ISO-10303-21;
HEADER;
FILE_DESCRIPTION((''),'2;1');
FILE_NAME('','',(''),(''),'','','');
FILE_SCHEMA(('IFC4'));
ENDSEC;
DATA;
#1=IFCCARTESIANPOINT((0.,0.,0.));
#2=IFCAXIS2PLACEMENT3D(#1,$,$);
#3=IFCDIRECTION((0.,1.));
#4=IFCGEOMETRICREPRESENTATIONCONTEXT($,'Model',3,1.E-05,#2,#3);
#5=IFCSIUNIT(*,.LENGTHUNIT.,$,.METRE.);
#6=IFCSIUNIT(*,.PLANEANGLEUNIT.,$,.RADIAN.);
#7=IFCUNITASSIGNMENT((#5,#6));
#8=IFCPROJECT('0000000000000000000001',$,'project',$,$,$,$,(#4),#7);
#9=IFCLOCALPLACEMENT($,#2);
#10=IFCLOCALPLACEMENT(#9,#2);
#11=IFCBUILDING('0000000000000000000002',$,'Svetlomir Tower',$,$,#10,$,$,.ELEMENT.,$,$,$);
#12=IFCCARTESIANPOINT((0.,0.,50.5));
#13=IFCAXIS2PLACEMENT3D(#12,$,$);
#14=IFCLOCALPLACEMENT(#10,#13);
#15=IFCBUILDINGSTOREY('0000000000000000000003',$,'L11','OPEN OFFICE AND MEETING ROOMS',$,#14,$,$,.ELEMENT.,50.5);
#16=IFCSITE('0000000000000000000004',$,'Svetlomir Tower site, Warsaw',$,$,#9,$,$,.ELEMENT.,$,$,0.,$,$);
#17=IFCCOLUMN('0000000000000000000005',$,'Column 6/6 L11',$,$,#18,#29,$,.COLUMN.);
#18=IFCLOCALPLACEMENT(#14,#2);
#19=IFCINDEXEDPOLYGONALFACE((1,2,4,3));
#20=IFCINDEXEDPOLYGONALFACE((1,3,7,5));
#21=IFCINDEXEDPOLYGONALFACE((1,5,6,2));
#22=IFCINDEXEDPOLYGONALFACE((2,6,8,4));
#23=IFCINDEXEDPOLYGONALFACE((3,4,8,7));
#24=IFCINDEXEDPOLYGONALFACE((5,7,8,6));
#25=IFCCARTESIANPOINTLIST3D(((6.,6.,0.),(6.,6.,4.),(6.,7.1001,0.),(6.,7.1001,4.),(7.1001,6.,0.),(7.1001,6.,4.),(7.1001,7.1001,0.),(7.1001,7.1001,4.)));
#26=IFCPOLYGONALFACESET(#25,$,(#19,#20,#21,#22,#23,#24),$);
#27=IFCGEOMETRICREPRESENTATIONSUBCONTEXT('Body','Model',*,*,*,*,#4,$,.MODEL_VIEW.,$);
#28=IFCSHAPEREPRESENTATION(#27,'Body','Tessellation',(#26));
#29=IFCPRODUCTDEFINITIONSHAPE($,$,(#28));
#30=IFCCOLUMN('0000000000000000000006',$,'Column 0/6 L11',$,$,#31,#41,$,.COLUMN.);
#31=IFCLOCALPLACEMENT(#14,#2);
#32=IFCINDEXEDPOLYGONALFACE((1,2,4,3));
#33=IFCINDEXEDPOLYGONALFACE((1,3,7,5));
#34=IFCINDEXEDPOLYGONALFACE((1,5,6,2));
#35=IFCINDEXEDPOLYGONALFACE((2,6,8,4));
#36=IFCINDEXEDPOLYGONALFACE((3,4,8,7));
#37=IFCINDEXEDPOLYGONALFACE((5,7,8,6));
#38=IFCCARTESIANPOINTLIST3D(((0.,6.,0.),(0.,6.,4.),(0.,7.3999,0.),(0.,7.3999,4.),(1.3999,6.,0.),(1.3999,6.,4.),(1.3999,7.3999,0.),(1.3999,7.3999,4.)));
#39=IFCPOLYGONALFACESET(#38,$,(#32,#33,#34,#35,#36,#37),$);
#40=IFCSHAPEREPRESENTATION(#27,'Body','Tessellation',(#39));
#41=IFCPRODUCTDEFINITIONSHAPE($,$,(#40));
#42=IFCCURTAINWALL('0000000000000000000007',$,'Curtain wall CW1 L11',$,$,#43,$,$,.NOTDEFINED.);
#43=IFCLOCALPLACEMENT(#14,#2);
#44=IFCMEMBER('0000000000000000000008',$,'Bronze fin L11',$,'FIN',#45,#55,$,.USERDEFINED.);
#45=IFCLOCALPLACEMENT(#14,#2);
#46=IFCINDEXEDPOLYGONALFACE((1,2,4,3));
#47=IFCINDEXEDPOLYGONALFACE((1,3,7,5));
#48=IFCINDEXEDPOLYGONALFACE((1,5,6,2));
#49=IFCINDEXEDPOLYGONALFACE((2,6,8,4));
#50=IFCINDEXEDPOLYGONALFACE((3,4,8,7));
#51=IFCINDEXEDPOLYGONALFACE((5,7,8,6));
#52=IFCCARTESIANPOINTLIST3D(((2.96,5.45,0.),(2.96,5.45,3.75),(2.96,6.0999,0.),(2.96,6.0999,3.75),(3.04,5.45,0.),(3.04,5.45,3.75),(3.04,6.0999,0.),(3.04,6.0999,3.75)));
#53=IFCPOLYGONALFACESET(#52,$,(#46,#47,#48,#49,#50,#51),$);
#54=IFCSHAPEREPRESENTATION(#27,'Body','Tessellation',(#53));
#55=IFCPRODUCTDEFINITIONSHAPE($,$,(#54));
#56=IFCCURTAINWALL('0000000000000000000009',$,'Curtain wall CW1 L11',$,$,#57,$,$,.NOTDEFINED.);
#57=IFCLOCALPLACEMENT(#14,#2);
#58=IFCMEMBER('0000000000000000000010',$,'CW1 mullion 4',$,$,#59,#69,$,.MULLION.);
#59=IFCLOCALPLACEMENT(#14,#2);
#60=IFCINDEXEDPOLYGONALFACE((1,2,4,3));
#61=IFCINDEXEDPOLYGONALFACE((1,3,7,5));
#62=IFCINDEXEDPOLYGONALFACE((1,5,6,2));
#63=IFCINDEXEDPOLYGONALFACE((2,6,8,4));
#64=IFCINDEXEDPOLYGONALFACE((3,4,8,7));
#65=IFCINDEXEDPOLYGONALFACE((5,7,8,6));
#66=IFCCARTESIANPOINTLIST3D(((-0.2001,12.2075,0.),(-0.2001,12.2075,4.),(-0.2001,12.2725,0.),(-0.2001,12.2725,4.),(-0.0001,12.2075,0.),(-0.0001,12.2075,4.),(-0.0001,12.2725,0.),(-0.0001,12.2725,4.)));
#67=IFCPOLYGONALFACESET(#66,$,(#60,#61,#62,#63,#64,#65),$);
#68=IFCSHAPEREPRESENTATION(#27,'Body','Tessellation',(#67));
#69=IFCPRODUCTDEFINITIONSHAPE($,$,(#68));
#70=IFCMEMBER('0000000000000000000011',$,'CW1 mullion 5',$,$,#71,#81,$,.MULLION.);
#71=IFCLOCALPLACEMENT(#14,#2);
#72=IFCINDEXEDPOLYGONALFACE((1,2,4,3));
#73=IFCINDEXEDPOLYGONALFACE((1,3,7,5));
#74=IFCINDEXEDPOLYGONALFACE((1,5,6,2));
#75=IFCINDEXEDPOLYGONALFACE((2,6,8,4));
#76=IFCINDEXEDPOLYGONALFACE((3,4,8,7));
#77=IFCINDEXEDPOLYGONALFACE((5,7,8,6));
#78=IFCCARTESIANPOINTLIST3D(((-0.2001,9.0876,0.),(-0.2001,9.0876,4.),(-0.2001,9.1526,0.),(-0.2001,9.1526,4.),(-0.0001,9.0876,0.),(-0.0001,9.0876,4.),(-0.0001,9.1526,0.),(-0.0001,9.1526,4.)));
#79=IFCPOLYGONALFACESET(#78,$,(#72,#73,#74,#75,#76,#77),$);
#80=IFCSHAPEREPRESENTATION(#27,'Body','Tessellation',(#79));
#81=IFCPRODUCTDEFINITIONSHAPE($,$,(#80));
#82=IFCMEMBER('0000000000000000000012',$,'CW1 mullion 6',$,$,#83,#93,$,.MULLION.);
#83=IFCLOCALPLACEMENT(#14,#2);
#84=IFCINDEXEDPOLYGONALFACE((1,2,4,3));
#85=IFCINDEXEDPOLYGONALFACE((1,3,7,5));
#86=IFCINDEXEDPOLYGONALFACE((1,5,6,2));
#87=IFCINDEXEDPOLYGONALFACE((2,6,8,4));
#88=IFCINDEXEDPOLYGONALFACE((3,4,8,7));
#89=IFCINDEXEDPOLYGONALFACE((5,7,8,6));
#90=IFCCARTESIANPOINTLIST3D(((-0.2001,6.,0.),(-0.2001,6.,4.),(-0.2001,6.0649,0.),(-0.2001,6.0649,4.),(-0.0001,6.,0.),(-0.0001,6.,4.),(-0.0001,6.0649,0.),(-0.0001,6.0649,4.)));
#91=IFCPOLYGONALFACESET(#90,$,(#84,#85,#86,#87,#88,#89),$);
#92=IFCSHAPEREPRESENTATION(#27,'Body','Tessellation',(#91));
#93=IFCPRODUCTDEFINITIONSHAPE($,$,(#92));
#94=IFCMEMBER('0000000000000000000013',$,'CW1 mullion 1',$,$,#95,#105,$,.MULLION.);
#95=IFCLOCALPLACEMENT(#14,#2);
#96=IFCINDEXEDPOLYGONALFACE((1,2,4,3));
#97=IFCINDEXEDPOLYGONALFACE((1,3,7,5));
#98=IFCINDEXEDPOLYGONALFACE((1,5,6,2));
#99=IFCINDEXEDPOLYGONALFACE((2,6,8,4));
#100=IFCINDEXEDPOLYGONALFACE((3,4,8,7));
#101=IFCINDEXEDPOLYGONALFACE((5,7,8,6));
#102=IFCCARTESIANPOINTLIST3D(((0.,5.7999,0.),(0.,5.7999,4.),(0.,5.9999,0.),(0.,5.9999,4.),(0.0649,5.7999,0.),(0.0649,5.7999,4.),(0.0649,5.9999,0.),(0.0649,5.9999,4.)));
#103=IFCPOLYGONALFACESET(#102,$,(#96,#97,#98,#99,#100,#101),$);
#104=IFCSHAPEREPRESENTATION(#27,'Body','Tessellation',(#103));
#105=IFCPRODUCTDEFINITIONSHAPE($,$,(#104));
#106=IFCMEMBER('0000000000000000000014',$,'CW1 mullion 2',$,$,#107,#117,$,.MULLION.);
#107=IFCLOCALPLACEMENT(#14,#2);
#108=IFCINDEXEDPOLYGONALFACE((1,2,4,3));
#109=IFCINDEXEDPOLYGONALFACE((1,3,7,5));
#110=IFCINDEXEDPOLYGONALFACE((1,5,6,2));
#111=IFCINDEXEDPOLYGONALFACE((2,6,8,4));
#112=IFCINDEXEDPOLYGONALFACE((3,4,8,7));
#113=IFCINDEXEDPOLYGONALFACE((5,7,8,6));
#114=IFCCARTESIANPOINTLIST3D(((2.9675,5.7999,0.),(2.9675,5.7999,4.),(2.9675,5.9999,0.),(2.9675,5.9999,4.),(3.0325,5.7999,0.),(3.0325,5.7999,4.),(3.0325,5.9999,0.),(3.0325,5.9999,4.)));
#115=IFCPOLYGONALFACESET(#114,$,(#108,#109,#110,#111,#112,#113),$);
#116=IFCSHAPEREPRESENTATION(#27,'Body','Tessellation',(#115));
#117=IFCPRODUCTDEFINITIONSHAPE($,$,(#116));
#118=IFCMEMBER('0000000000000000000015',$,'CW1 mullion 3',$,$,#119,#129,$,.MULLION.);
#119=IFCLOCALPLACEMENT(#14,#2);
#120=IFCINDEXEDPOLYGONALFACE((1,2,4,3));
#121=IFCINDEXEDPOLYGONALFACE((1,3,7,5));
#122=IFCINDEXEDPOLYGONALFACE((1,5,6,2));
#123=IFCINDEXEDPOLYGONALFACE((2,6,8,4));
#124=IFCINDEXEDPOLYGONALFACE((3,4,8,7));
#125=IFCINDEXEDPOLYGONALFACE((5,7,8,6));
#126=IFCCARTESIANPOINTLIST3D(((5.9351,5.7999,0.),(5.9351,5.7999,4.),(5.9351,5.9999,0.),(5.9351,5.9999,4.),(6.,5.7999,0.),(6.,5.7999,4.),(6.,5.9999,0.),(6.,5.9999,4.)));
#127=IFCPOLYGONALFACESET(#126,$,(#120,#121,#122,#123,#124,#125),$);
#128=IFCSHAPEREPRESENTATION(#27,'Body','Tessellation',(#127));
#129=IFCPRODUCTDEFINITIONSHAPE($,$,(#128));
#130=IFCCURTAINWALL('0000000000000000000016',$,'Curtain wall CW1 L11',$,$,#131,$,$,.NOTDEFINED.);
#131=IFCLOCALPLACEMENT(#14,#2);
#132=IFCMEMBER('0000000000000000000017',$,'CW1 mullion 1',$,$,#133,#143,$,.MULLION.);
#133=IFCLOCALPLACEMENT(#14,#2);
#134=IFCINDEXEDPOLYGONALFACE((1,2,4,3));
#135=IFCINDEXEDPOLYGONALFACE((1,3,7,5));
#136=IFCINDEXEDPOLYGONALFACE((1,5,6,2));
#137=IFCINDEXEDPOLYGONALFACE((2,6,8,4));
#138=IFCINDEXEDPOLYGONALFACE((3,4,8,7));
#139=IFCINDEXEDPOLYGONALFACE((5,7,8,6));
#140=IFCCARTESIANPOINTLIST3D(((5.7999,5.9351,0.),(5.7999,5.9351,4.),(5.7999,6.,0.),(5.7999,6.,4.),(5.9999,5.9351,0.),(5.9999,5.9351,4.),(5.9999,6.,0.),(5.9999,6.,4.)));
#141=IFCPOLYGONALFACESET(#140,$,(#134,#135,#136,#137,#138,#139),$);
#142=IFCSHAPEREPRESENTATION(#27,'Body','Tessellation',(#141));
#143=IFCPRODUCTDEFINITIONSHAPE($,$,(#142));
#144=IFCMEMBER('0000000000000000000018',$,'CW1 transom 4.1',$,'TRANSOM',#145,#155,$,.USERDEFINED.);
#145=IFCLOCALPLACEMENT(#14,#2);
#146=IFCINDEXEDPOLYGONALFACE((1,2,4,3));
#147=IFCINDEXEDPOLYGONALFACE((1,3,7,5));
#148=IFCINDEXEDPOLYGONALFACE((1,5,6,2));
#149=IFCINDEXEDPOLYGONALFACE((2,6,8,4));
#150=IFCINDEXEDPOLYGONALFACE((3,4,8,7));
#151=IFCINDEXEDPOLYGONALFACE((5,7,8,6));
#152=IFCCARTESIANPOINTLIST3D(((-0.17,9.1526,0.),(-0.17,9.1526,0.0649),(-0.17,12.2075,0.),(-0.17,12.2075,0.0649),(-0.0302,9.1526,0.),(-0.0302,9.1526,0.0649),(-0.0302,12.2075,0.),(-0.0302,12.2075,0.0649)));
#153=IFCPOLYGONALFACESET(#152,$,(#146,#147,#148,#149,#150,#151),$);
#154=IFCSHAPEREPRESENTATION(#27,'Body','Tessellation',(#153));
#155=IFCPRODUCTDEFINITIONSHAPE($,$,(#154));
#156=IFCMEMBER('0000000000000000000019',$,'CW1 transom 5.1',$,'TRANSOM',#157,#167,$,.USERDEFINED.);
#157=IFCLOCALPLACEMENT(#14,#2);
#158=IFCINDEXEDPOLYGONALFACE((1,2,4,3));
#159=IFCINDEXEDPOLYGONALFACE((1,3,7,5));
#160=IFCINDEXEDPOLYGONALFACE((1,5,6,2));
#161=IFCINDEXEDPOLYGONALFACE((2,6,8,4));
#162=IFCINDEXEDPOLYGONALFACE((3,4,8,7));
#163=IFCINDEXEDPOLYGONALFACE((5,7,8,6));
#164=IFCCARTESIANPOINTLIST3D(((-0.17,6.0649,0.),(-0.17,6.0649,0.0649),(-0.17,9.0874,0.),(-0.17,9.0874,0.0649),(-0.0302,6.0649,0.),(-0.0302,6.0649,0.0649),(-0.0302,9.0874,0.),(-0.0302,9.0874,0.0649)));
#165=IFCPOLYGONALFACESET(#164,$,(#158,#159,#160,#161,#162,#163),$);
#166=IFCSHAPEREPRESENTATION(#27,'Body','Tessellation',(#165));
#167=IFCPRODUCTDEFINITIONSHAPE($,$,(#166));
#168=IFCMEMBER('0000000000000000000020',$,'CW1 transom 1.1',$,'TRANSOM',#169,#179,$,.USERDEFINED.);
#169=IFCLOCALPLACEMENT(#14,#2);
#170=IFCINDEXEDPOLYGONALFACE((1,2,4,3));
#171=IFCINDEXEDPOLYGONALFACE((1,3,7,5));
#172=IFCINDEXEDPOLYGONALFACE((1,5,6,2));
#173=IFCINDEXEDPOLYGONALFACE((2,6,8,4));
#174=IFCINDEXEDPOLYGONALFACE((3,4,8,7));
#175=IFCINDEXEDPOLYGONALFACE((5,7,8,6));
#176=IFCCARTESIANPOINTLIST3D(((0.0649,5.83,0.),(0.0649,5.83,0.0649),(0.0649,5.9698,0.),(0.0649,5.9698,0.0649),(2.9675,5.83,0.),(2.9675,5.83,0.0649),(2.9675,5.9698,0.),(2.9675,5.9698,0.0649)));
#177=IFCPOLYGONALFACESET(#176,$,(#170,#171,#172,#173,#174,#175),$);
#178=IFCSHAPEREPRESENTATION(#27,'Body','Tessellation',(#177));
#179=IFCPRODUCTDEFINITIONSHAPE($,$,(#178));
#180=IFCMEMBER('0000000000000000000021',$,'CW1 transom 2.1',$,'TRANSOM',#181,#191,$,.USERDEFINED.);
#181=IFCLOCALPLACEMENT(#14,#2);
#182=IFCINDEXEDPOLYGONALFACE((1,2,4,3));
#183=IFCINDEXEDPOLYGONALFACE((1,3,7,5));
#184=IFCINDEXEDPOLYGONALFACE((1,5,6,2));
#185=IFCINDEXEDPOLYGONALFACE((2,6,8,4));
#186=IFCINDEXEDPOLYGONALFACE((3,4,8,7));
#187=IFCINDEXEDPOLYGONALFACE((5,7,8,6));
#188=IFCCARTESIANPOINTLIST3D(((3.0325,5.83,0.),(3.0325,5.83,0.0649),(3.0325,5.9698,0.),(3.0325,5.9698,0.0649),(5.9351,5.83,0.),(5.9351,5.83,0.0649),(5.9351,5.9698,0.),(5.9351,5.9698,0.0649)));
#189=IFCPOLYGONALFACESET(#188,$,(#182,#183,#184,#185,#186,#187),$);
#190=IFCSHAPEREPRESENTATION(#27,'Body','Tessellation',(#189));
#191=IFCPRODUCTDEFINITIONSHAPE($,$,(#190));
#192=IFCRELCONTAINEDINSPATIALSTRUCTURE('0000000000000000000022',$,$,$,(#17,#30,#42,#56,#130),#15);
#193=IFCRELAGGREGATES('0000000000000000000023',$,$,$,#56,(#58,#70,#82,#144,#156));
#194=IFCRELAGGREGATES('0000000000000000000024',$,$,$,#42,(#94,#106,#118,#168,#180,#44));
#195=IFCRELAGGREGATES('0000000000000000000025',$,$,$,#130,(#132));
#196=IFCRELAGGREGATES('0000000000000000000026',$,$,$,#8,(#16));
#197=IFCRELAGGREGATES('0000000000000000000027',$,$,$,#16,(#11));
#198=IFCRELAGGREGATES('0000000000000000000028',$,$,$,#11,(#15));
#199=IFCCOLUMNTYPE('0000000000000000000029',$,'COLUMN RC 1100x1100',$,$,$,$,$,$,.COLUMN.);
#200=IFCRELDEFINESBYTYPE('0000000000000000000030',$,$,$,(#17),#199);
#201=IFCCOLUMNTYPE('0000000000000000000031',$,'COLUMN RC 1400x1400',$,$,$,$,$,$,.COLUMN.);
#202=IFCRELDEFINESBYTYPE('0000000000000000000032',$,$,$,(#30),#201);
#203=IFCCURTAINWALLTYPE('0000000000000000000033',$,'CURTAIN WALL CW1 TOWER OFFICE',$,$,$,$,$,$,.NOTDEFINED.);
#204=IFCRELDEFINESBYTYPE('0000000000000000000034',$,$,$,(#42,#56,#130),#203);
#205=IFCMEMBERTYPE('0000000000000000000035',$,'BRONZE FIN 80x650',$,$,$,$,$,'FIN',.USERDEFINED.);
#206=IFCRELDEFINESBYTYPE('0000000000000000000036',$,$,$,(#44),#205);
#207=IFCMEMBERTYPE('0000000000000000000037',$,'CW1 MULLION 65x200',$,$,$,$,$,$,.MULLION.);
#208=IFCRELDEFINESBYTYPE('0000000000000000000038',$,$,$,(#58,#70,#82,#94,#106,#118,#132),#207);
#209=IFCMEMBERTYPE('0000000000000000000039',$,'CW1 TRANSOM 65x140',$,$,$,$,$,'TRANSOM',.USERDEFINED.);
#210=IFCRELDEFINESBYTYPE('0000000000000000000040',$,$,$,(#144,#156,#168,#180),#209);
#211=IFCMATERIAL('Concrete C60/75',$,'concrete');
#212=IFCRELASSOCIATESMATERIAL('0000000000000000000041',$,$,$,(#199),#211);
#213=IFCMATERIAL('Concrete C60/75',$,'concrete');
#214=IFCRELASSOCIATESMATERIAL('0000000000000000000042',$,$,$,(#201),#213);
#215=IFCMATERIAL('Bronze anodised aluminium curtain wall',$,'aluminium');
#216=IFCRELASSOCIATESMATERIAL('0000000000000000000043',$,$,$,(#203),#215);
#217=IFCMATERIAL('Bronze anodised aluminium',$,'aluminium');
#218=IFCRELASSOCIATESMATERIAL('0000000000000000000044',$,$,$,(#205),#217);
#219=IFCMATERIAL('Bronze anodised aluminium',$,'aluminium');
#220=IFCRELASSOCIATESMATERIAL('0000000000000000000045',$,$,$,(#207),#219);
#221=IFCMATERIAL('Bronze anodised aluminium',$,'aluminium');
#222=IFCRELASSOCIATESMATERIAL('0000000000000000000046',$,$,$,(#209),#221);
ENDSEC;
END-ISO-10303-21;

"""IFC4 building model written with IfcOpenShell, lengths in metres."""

from ifc_helpers import new_model, si_unit, direction, frame, origin, origin_2d, place, context, subcontext, project, spatial, rectangle, extrude, material, material_profile, profile_set, type_object, element, aggregate, save


model = new_model("IFC4")

# Units and contexts
model_context = context("Model", 3, precision=1e-05, world=origin(), true_north=direction((0.0, 1.0)))
body_context = subcontext(model_context, "Body", "Model", "MODEL_VIEW")
ifc_project = project(units=[si_unit("LENGTHUNIT", "METRE"), si_unit("PLANEANGLEUNIT", "RADIAN")], contexts=[model_context])

# Site, building, storey
site_placement = place(None, origin())
site = spatial("IfcSite", under=ifc_project, at=site_placement, Name="Svetlomir Tower site, Warsaw", CompositionType="ELEMENT", RefElevation=0.0)
building_placement = place(site_placement, origin())
building = spatial("IfcBuilding", under=site, at=building_placement, Name="Svetlomir Tower", CompositionType="ELEMENT")
storey_placement = place(building_placement, frame((0.0, 0.0, 50.5)))
storey = spatial("IfcBuildingStorey", under=building, at=storey_placement, Name="L11", Description="OPEN OFFICE AND MEETING ROOMS", CompositionType="ELEMENT", Elevation=50.5)

# Columns
ifc_material_1 = material(Name="Concrete C60/75", Category="concrete")
ifc_material_profile_1 = material_profile(ifc_material_1, rectangle(XDim=1.1001, YDim=1.1001, at=origin_2d()), Name="RC 1100x1100")
ifc_profile_set_1 = profile_set([ifc_material_profile_1], Name="Concrete C60/75")
column_type_1 = type_object("IfcColumnType", Name="COLUMN RC 1100x1100", PredefinedType="COLUMN", material=ifc_profile_set_1)
column_1_placement = place(storey_placement, frame((6.55, 6.55, 0.0), z_axis=(0.0, 0.0, 1.0), x_axis=(1.0, 0.0, 0.0)))
element("IfcColumn", 1, at=column_1_placement, inside=storey, type_object=column_type_1, Name="Column 6/6 L11", PredefinedType="COLUMN", context=body_context, shape_type="SweptSolid", body=[
    extrude(rectangle(XDim=1.1001, YDim=1.1001, at=origin_2d()), origin(), (0.0, 0.0, 1.0), 4.0),
])
ifc_material_2 = material(Name="Concrete C60/75", Category="concrete")
ifc_material_profile_2 = material_profile(ifc_material_2, rectangle(XDim=1.3999, YDim=1.3999, at=origin_2d()), Name="RC 1400x1400")
ifc_profile_set_2 = profile_set([ifc_material_profile_2], Name="Concrete C60/75")
column_type_2 = type_object("IfcColumnType", Name="COLUMN RC 1400x1400", PredefinedType="COLUMN", material=ifc_profile_set_2)
column_2_placement = place(storey_placement, frame((0.7, 6.7, 0.0), z_axis=(0.0, 0.0, 1.0), x_axis=(1.0, 0.0, 0.0)))
element("IfcColumn", 2, at=column_2_placement, inside=storey, type_object=column_type_2, Name="Column 0/6 L11", PredefinedType="COLUMN", context=body_context, shape_type="SweptSolid", body=[
    extrude(rectangle(XDim=1.3999, YDim=1.3999, at=origin_2d()), origin(), (0.0, 0.0, 1.0), 4.0),
])

# Curtain wall, member
ifc_material_3 = material(Name="Bronze anodised aluminium curtain wall", Category="aluminium")
curtain_wall_type = type_object("IfcCurtainWallType", Name="CURTAIN WALL CW1 TOWER OFFICE", PredefinedType="NOTDEFINED", material=ifc_material_3)
curtain_wall_1_placement = place(storey_placement, origin())
curtain_wall_1 = element("IfcCurtainWall", 3, at=curtain_wall_1_placement, inside=storey, type_object=curtain_wall_type, Name="Curtain wall CW1 L11", PredefinedType="NOTDEFINED")
ifc_material_4 = material(Name="Bronze anodised aluminium", Category="aluminium")
ifc_material_profile_3 = material_profile(ifc_material_4, rectangle(XDim=0.0801, YDim=0.6499, at=origin_2d()), Name="FIN 80x650")
ifc_profile_set_3 = profile_set([ifc_material_profile_3], Name="Bronze anodised aluminium 6063-T6")
member_type_1 = type_object("IfcMemberType", Name="BRONZE FIN 80x650", ElementType="FIN", PredefinedType="USERDEFINED", material=ifc_profile_set_3)
member_1_placement = place(storey_placement, frame((3.0, 5.7749, 0.0), z_axis=(0.0, 0.0, 1.0), x_axis=(1.0, 0.0, 0.0)))
member_1 = element("IfcMember", 4, at=member_1_placement, type_object=member_type_1, Name="Bronze fin L11", ObjectType="FIN", PredefinedType="USERDEFINED", context=body_context, shape_type="SweptSolid", body=[
    extrude(rectangle(XDim=0.0801, YDim=0.6499, at=origin_2d()), origin(), (0.0, 0.0, 1.0), 3.75),
])

# Curtain wall, members
curtain_wall_2_placement = place(storey_placement, origin())
curtain_wall_2 = element("IfcCurtainWall", 5, at=curtain_wall_2_placement, inside=storey, type_object=curtain_wall_type, Name="Curtain wall CW1 L11", PredefinedType="NOTDEFINED")
ifc_material_5 = material(Name="Bronze anodised aluminium", Category="aluminium")
ifc_material_profile_4 = material_profile(ifc_material_5, rectangle(XDim=0.0649, YDim=0.2, at=origin_2d()), Name="AL 65x200")
ifc_profile_set_4 = profile_set([ifc_material_profile_4], Name="Bronze anodised aluminium 6063-T6")
member_type_2 = type_object("IfcMemberType", Name="CW1 MULLION 65x200", PredefinedType="MULLION", material=ifc_profile_set_4)
member_2_placement = place(storey_placement, frame((-0.1001, 12.24, 0.0), z_axis=(0.0, 0.0, 1.0), x_axis=(0.0, -1.0, 0.0)))
member_2 = element("IfcMember", 6, at=member_2_placement, type_object=member_type_2, Name="CW1 mullion 4", PredefinedType="MULLION", context=body_context, shape_type="SweptSolid", body=[
    extrude(rectangle(XDim=0.0649, YDim=0.2, at=origin_2d()), origin(), (0.0, 0.0, 1.0), 4.0),
])
member_3_placement = place(storey_placement, frame((-0.1001, 9.1201, 0.0), z_axis=(0.0, 0.0, 1.0), x_axis=(0.0, -1.0, 0.0)))
member_3 = element("IfcMember", 7, at=member_3_placement, type_object=member_type_2, Name="CW1 mullion 5", PredefinedType="MULLION", context=body_context, shape_type="SweptSolid", body=[
    extrude(rectangle(XDim=0.0649, YDim=0.2, at=origin_2d()), origin(), (0.0, 0.0, 1.0), 4.0),
])
member_4_placement = place(storey_placement, frame((-0.1001, 6.0325, 0.0), z_axis=(0.0, 0.0, 1.0), x_axis=(0.0, -1.0, 0.0)))
member_4 = element("IfcMember", 8, at=member_4_placement, type_object=member_type_2, Name="CW1 mullion 6", PredefinedType="MULLION", context=body_context, shape_type="SweptSolid", body=[
    extrude(rectangle(XDim=0.0649, YDim=0.2, at=origin_2d()), origin(), (0.0, 0.0, 1.0), 4.0),
])

# Members
member_5_placement = place(storey_placement, frame((0.0325, 5.8999, 0.0), z_axis=(0.0, 0.0, 1.0), x_axis=(1.0, 0.0, 0.0)))
member_5 = element("IfcMember", 9, at=member_5_placement, type_object=member_type_2, Name="CW1 mullion 1", PredefinedType="MULLION", context=body_context, shape_type="SweptSolid", body=[
    extrude(rectangle(XDim=0.0649, YDim=0.2, at=origin_2d()), origin(), (0.0, 0.0, 1.0), 4.0),
])
member_6_placement = place(storey_placement, frame((3.0, 5.8999, 0.0), z_axis=(0.0, 0.0, 1.0), x_axis=(1.0, 0.0, 0.0)))
member_6 = element("IfcMember", 10, at=member_6_placement, type_object=member_type_2, Name="CW1 mullion 2", PredefinedType="MULLION", context=body_context, shape_type="SweptSolid", body=[
    extrude(rectangle(XDim=0.0649, YDim=0.2, at=origin_2d()), origin(), (0.0, 0.0, 1.0), 4.0),
])
member_7_placement = place(storey_placement, frame((5.9675, 5.8999, 0.0), z_axis=(0.0, 0.0, 1.0), x_axis=(1.0, 0.0, 0.0)))
member_7 = element("IfcMember", 11, at=member_7_placement, type_object=member_type_2, Name="CW1 mullion 3", PredefinedType="MULLION", context=body_context, shape_type="SweptSolid", body=[
    extrude(rectangle(XDim=0.0649, YDim=0.2, at=origin_2d()), origin(), (0.0, 0.0, 1.0), 4.0),
])

# Curtain wall, member
curtain_wall_3_placement = place(storey_placement, origin())
curtain_wall_3 = element("IfcCurtainWall", 12, at=curtain_wall_3_placement, inside=storey, type_object=curtain_wall_type, Name="Curtain wall CW1 L11", PredefinedType="NOTDEFINED")
member_8_placement = place(storey_placement, frame((5.8999, 5.9675, 0.0), z_axis=(0.0, 0.0, 1.0), x_axis=(0.0, -1.0, 0.0)))
member_8 = element("IfcMember", 13, at=member_8_placement, type_object=member_type_2, Name="CW1 mullion 1", PredefinedType="MULLION", context=body_context, shape_type="SweptSolid", body=[
    extrude(rectangle(XDim=0.0649, YDim=0.2, at=origin_2d()), origin(), (0.0, 0.0, 1.0), 4.0),
])

# Members
ifc_material_6 = material(Name="Bronze anodised aluminium", Category="aluminium")
ifc_material_profile_5 = material_profile(ifc_material_6, rectangle(XDim=0.1399, YDim=0.0649, at=origin_2d()), Name="AL 140x65")
ifc_profile_set_5 = profile_set([ifc_material_profile_5], Name="Bronze anodised aluminium 6063-T6")
member_type_3 = type_object("IfcMemberType", Name="CW1 TRANSOM 65x140", ElementType="TRANSOM", PredefinedType="USERDEFINED", material=ifc_profile_set_5)
member_9_placement = place(storey_placement, frame((-0.1001, 12.2075, 0.0325), z_axis=(0.0, -1.0, 0.0), x_axis=(1.0, 0.0, 0.0)))
member_9 = element("IfcMember", 14, at=member_9_placement, type_object=member_type_3, Name="CW1 transom 4.1", ObjectType="TRANSOM", PredefinedType="USERDEFINED", context=body_context, shape_type="SweptSolid", body=[
    extrude(rectangle(XDim=0.1399, YDim=0.0649, at=origin_2d()), origin(), (0.0, 0.0, 1.0), 3.0549),
])
member_10_placement = place(storey_placement, frame((-0.1001, 9.0874, 0.0325), z_axis=(0.0, -1.0, 0.0), x_axis=(1.0, 0.0, 0.0)))
member_10 = element("IfcMember", 15, at=member_10_placement, type_object=member_type_3, Name="CW1 transom 5.1", ObjectType="TRANSOM", PredefinedType="USERDEFINED", context=body_context, shape_type="SweptSolid", body=[
    extrude(rectangle(XDim=0.1399, YDim=0.0649, at=origin_2d()), origin(), (0.0, 0.0, 1.0), 3.0225),
])
member_11_placement = place(storey_placement, frame((0.0649, 5.8999, 0.0325), z_axis=(1.0, 0.0, 0.0), x_axis=(0.0, 1.0, 0.0)))
member_11 = element("IfcMember", 16, at=member_11_placement, type_object=member_type_3, Name="CW1 transom 1.1", ObjectType="TRANSOM", PredefinedType="USERDEFINED", context=body_context, shape_type="SweptSolid", body=[
    extrude(rectangle(XDim=0.1399, YDim=0.0649, at=origin_2d()), origin(), (0.0, 0.0, 1.0), 2.9026),
])
member_12_placement = place(storey_placement, frame((3.0325, 5.8999, 0.0325), z_axis=(1.0, 0.0, 0.0), x_axis=(0.0, 1.0, 0.0)))
member_12 = element("IfcMember", 17, at=member_12_placement, type_object=member_type_3, Name="CW1 transom 2.1", ObjectType="TRANSOM", PredefinedType="USERDEFINED", context=body_context, shape_type="SweptSolid", body=[
    extrude(rectangle(XDim=0.1399, YDim=0.0649, at=origin_2d()), origin(), (0.0, 0.0, 1.0), 2.9026),
])

aggregate(curtain_wall_2, [member_2, member_3, member_4, member_9, member_10])
aggregate(curtain_wall_1, [member_5, member_6, member_7, member_11, member_12, member_1])
aggregate(curtain_wall_3, [member_8])

save(model, "model.ifc")
